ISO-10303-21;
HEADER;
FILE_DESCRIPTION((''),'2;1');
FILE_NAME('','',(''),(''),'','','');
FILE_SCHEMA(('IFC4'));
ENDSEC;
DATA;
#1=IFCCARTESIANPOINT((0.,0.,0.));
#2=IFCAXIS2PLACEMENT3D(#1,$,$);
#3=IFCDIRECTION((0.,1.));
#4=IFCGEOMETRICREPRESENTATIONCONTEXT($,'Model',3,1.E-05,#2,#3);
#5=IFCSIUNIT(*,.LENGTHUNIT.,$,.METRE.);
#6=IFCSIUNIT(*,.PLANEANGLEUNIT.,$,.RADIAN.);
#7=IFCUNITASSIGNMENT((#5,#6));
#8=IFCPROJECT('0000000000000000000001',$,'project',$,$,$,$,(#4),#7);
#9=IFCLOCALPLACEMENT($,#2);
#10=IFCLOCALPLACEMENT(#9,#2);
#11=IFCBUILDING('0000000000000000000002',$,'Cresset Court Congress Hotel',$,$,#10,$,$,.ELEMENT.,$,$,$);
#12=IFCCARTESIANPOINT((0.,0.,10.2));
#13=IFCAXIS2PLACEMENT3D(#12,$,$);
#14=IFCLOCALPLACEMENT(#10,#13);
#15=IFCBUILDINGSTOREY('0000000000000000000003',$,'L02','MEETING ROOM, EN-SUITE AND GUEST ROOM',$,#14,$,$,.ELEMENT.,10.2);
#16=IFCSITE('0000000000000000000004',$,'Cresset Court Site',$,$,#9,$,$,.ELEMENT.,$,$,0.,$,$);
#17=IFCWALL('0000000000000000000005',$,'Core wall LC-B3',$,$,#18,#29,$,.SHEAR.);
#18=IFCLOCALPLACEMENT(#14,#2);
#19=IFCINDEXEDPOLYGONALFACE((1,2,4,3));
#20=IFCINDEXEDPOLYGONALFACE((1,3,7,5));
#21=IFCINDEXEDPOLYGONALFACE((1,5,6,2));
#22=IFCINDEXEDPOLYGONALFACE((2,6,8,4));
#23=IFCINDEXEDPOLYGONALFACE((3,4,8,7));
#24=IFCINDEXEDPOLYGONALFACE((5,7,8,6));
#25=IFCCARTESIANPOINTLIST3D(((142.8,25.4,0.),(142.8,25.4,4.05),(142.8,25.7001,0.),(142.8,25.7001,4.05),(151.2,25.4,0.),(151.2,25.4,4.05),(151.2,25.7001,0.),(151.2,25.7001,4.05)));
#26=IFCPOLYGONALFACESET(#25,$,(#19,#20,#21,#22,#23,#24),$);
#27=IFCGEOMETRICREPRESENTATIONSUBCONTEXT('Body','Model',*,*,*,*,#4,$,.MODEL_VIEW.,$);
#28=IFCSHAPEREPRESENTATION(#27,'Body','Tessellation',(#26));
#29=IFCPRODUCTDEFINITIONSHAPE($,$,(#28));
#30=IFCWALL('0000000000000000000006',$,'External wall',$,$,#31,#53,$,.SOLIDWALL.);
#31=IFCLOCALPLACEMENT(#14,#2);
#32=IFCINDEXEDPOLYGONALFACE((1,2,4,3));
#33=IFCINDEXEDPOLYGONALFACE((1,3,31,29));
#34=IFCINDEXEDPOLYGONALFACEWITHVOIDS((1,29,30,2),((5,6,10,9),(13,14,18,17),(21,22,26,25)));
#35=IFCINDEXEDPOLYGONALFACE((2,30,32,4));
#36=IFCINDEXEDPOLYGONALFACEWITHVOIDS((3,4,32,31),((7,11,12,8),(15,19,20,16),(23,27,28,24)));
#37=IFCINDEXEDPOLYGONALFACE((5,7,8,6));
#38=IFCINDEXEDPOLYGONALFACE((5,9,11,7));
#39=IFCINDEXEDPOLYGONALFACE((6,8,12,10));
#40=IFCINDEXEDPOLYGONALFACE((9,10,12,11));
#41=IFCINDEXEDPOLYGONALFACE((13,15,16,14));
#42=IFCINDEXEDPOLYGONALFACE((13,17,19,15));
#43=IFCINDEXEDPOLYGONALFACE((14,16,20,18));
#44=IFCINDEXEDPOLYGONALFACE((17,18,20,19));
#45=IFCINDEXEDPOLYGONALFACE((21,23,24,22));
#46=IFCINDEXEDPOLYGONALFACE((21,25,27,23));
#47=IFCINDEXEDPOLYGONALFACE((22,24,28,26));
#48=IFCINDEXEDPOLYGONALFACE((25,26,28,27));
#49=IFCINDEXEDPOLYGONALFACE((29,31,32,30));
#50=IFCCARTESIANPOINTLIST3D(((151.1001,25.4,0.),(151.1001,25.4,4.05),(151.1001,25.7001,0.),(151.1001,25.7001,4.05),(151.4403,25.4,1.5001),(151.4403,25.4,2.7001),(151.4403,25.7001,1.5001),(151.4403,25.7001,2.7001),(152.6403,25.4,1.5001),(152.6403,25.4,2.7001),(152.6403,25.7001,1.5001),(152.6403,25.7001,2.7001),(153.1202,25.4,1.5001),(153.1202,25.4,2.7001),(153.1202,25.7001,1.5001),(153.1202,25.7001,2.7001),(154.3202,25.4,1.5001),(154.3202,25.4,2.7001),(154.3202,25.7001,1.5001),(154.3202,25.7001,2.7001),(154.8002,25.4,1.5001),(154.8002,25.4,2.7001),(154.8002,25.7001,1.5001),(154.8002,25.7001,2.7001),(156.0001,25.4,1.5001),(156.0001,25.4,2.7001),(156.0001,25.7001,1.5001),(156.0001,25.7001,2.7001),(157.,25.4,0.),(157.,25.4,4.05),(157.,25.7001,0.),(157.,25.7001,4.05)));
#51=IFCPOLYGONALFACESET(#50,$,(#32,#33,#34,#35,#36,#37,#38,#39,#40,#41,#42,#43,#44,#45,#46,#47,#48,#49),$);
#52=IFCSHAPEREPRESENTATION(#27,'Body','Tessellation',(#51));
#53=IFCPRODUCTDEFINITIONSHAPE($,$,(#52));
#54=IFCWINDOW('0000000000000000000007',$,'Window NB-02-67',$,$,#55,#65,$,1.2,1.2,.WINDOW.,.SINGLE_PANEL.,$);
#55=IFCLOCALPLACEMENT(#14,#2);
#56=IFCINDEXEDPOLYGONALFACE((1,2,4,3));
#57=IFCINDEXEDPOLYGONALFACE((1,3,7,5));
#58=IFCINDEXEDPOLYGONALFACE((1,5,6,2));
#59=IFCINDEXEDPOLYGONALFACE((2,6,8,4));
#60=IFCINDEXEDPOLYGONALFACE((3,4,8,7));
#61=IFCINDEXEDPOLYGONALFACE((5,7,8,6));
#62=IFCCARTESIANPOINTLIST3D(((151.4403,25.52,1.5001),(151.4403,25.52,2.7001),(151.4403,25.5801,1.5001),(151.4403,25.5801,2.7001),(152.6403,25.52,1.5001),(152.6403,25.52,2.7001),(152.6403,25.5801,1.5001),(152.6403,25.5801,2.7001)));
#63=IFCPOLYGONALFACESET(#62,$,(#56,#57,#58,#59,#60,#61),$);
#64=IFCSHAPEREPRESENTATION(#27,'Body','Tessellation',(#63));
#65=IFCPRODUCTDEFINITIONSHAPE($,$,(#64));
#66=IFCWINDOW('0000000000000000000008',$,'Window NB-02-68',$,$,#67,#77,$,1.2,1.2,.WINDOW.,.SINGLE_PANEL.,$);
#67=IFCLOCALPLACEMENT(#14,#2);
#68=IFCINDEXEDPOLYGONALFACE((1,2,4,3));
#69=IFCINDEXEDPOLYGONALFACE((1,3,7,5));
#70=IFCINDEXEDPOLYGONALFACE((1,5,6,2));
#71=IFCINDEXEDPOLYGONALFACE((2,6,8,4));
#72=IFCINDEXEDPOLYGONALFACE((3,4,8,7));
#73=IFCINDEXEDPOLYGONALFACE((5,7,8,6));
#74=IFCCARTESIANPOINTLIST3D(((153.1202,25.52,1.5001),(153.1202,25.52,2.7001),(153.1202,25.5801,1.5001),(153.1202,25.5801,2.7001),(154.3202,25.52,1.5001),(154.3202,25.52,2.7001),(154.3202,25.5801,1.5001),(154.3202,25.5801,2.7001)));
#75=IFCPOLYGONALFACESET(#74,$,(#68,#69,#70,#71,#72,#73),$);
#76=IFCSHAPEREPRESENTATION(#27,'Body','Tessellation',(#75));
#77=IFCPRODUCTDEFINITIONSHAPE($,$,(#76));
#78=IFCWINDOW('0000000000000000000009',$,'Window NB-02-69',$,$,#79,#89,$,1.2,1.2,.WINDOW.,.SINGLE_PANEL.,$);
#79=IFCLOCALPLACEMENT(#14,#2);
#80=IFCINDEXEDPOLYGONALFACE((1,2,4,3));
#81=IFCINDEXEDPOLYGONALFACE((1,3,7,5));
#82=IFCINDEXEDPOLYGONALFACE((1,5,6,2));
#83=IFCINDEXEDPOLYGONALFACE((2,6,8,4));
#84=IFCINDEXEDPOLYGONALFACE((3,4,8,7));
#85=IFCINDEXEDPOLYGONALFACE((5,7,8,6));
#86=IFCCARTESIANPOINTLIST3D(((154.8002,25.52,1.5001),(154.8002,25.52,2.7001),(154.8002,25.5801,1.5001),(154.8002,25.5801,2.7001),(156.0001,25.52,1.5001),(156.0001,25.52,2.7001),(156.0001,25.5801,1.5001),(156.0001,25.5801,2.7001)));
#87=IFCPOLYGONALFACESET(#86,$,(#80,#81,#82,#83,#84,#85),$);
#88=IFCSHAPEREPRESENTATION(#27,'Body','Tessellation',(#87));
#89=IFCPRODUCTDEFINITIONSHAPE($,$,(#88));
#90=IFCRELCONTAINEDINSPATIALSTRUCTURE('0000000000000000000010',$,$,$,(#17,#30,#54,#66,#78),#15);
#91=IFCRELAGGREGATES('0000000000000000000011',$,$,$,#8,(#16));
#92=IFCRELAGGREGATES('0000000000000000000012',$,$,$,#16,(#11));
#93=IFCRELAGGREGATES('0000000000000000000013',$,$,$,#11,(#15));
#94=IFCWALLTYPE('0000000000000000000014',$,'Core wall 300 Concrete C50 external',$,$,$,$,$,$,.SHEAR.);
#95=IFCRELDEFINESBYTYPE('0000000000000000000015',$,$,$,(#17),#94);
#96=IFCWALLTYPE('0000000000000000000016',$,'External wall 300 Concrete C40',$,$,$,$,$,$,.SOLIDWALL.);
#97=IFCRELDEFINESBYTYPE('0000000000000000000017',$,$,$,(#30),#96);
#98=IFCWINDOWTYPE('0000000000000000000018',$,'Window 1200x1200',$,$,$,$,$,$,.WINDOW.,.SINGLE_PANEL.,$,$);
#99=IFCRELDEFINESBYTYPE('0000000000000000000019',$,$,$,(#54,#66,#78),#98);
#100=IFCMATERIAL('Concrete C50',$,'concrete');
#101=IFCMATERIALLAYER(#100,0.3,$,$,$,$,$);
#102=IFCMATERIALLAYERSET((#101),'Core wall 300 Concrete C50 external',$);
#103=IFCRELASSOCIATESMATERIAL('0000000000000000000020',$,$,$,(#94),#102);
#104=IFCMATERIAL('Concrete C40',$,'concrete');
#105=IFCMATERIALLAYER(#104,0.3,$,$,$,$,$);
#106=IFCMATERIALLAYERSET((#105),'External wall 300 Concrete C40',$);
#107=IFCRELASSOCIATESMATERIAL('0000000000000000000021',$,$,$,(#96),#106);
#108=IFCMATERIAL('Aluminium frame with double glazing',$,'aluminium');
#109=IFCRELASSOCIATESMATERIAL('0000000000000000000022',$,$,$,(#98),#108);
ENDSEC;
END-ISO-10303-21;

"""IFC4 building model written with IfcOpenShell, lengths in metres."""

from ifc_helpers import new_model, si_unit, direction, frame, frame_2d, origin, place, context, subcontext, project, spatial, rectangle, extrude, material, layer, layer_set, type_object, element, fill, save


model = new_model("IFC4")

# Units and contexts
model_context = context("Model", 3, precision=1e-05, world=origin(), true_north=direction((0.0, 1.0)))
body_context = subcontext(model_context, "Body", "Model", "MODEL_VIEW")
ifc_project = project(units=[si_unit("LENGTHUNIT", "METRE"), si_unit("PLANEANGLEUNIT", "RADIAN")], contexts=[model_context])

# Site, building, storey
site_placement = place(None, origin())
site = spatial("IfcSite", under=ifc_project, at=site_placement, Name="Cresset Court Site", CompositionType="ELEMENT", RefElevation=0.0)
building_placement = place(site_placement, origin())
building = spatial("IfcBuilding", under=site, at=building_placement, Name="Cresset Court Congress Hotel", CompositionType="ELEMENT")
storey_placement = place(building_placement, frame((0.0, 0.0, 10.2)))
storey = spatial("IfcBuildingStorey", under=building, at=storey_placement, Name="L02", Description="MEETING ROOM, EN-SUITE AND GUEST ROOM", CompositionType="ELEMENT", Elevation=10.2)

# Wall
ifc_material_1 = material(Name="Concrete C50", Category="concrete")
ifc_layer_1 = layer(ifc_material_1, 0.3)
ifc_layer_set_1 = layer_set([ifc_layer_1], Name="Core wall 300 Concrete C50 external")
wall_type_1 = type_object("IfcWallType", Name="Core wall 300 Concrete C50 external", PredefinedType="SHEAR", material=ifc_layer_set_1)
wall_1_placement = place(storey_placement, frame((142.8, 25.55, 0.0), z_axis=(0.0, 0.0, 1.0), x_axis=(1.0, 0.0, 0.0)))
element("IfcWall", 1, at=wall_1_placement, inside=storey, type_object=wall_type_1, Name="Core wall LC-B3", PredefinedType="SHEAR", context=body_context, shape_type="SweptSolid", body=[
    extrude(rectangle(XDim=8.3999, YDim=0.3, at=frame_2d((4.2, 0.0))), origin(), (0.0, 0.0, 1.0), 4.05),
])

# Wall, openings, windows
ifc_material_2 = material(Name="Concrete C40", Category="concrete")
ifc_layer_2 = layer(ifc_material_2, 0.3)
ifc_layer_set_2 = layer_set([ifc_layer_2], Name="External wall 300 Concrete C40")
wall_type_2 = type_object("IfcWallType", Name="External wall 300 Concrete C40", PredefinedType="SOLIDWALL", material=ifc_layer_set_2)
wall_2_placement = place(storey_placement, frame((151.1001, 25.55, 0.0), z_axis=(0.0, 0.0, 1.0), x_axis=(1.0, 0.0, 0.0)))
wall_2 = element("IfcWall", 2, at=wall_2_placement, inside=storey, type_object=wall_type_2, Name="External wall", PredefinedType="SOLIDWALL", context=body_context, shape_type="SweptSolid", body=[
    extrude(rectangle(XDim=5.8999, YDim=0.3, at=frame_2d((2.95, 0.0))), origin(), (0.0, 0.0, 1.0), 4.05),
])
opening_1_placement = place(wall_2_placement, frame((0.3401, 0.0, 1.5)))
opening_1 = element("IfcOpeningElement", 3, at=opening_1_placement, cuts=wall_2, PredefinedType="OPENING", context=body_context, shape_type="SweptSolid", body=[
    extrude(rectangle(XDim=1.2, YDim=1.2, at=frame_2d((0.6001, 0.6001))), frame((0.0, 0.1599, 0.0), z_axis=(0.0, -1.0, 0.0), x_axis=(1.0, 0.0, 0.0)), (0.0, 0.0, 1.0), 0.3201),
])
opening_2_placement = place(wall_2_placement, frame((2.02, 0.0, 1.5)))
opening_2 = element("IfcOpeningElement", 4, at=opening_2_placement, cuts=wall_2, PredefinedType="OPENING", context=body_context, shape_type="SweptSolid", body=[
    extrude(rectangle(XDim=1.2, YDim=1.2, at=frame_2d((0.6001, 0.6001))), frame((0.0, 0.1599, 0.0), z_axis=(0.0, -1.0, 0.0), x_axis=(1.0, 0.0, 0.0)), (0.0, 0.0, 1.0), 0.3201),
])
opening_3_placement = place(wall_2_placement, frame((3.7, 0.0, 1.5)))
opening_3 = element("IfcOpeningElement", 5, at=opening_3_placement, cuts=wall_2, PredefinedType="OPENING", context=body_context, shape_type="SweptSolid", body=[
    extrude(rectangle(XDim=1.2, YDim=1.2, at=frame_2d((0.6001, 0.6001))), frame((0.0, 0.1599, 0.0), z_axis=(0.0, -1.0, 0.0), x_axis=(1.0, 0.0, 0.0)), (0.0, 0.0, 1.0), 0.3201),
])
ifc_material_3 = material(Name="Aluminium frame with double glazing", Category="aluminium")
window_type = type_object("IfcWindowType", Name="Window 1200x1200", PartitioningType="SINGLE_PANEL", PredefinedType="WINDOW", material=ifc_material_3)
window_1_placement = place(opening_1_placement, origin())
window_1 = element("IfcWindow", 6, at=window_1_placement, inside=storey, type_object=window_type, Name="Window NB-02-67", OverallHeight=1.2, OverallWidth=1.2, PartitioningType="SINGLE_PANEL", PredefinedType="WINDOW", context=body_context, shape_type="SweptSolid", body=[
    extrude(rectangle(XDim=1.2, YDim=1.2, at=frame_2d((0.6001, 0.6001))), frame((0.0, 0.03, 0.0), z_axis=(0.0, -1.0, 0.0), x_axis=(1.0, 0.0, 0.0)), (0.0, 0.0, 1.0), 0.0601),
])
fill(opening_1, window_1)
window_2_placement = place(opening_2_placement, origin())
window_2 = element("IfcWindow", 7, at=window_2_placement, inside=storey, type_object=window_type, Name="Window NB-02-68", OverallHeight=1.2, OverallWidth=1.2, PartitioningType="SINGLE_PANEL", PredefinedType="WINDOW", context=body_context, shape_type="SweptSolid", body=[
    extrude(rectangle(XDim=1.2, YDim=1.2, at=frame_2d((0.6001, 0.6001))), frame((0.0, 0.03, 0.0), z_axis=(0.0, -1.0, 0.0), x_axis=(1.0, 0.0, 0.0)), (0.0, 0.0, 1.0), 0.0601),
])
fill(opening_2, window_2)
window_3_placement = place(opening_3_placement, origin())
window_3 = element("IfcWindow", 8, at=window_3_placement, inside=storey, type_object=window_type, Name="Window NB-02-69", OverallHeight=1.2, OverallWidth=1.2, PartitioningType="SINGLE_PANEL", PredefinedType="WINDOW", context=body_context, shape_type="SweptSolid", body=[
    extrude(rectangle(XDim=1.2, YDim=1.2, at=frame_2d((0.6001, 0.6001))), frame((0.0, 0.03, 0.0), z_axis=(0.0, -1.0, 0.0), x_axis=(1.0, 0.0, 0.0)), (0.0, 0.0, 1.0), 0.0601),
])
fill(opening_3, window_3)

save(model, "model.ifc")
